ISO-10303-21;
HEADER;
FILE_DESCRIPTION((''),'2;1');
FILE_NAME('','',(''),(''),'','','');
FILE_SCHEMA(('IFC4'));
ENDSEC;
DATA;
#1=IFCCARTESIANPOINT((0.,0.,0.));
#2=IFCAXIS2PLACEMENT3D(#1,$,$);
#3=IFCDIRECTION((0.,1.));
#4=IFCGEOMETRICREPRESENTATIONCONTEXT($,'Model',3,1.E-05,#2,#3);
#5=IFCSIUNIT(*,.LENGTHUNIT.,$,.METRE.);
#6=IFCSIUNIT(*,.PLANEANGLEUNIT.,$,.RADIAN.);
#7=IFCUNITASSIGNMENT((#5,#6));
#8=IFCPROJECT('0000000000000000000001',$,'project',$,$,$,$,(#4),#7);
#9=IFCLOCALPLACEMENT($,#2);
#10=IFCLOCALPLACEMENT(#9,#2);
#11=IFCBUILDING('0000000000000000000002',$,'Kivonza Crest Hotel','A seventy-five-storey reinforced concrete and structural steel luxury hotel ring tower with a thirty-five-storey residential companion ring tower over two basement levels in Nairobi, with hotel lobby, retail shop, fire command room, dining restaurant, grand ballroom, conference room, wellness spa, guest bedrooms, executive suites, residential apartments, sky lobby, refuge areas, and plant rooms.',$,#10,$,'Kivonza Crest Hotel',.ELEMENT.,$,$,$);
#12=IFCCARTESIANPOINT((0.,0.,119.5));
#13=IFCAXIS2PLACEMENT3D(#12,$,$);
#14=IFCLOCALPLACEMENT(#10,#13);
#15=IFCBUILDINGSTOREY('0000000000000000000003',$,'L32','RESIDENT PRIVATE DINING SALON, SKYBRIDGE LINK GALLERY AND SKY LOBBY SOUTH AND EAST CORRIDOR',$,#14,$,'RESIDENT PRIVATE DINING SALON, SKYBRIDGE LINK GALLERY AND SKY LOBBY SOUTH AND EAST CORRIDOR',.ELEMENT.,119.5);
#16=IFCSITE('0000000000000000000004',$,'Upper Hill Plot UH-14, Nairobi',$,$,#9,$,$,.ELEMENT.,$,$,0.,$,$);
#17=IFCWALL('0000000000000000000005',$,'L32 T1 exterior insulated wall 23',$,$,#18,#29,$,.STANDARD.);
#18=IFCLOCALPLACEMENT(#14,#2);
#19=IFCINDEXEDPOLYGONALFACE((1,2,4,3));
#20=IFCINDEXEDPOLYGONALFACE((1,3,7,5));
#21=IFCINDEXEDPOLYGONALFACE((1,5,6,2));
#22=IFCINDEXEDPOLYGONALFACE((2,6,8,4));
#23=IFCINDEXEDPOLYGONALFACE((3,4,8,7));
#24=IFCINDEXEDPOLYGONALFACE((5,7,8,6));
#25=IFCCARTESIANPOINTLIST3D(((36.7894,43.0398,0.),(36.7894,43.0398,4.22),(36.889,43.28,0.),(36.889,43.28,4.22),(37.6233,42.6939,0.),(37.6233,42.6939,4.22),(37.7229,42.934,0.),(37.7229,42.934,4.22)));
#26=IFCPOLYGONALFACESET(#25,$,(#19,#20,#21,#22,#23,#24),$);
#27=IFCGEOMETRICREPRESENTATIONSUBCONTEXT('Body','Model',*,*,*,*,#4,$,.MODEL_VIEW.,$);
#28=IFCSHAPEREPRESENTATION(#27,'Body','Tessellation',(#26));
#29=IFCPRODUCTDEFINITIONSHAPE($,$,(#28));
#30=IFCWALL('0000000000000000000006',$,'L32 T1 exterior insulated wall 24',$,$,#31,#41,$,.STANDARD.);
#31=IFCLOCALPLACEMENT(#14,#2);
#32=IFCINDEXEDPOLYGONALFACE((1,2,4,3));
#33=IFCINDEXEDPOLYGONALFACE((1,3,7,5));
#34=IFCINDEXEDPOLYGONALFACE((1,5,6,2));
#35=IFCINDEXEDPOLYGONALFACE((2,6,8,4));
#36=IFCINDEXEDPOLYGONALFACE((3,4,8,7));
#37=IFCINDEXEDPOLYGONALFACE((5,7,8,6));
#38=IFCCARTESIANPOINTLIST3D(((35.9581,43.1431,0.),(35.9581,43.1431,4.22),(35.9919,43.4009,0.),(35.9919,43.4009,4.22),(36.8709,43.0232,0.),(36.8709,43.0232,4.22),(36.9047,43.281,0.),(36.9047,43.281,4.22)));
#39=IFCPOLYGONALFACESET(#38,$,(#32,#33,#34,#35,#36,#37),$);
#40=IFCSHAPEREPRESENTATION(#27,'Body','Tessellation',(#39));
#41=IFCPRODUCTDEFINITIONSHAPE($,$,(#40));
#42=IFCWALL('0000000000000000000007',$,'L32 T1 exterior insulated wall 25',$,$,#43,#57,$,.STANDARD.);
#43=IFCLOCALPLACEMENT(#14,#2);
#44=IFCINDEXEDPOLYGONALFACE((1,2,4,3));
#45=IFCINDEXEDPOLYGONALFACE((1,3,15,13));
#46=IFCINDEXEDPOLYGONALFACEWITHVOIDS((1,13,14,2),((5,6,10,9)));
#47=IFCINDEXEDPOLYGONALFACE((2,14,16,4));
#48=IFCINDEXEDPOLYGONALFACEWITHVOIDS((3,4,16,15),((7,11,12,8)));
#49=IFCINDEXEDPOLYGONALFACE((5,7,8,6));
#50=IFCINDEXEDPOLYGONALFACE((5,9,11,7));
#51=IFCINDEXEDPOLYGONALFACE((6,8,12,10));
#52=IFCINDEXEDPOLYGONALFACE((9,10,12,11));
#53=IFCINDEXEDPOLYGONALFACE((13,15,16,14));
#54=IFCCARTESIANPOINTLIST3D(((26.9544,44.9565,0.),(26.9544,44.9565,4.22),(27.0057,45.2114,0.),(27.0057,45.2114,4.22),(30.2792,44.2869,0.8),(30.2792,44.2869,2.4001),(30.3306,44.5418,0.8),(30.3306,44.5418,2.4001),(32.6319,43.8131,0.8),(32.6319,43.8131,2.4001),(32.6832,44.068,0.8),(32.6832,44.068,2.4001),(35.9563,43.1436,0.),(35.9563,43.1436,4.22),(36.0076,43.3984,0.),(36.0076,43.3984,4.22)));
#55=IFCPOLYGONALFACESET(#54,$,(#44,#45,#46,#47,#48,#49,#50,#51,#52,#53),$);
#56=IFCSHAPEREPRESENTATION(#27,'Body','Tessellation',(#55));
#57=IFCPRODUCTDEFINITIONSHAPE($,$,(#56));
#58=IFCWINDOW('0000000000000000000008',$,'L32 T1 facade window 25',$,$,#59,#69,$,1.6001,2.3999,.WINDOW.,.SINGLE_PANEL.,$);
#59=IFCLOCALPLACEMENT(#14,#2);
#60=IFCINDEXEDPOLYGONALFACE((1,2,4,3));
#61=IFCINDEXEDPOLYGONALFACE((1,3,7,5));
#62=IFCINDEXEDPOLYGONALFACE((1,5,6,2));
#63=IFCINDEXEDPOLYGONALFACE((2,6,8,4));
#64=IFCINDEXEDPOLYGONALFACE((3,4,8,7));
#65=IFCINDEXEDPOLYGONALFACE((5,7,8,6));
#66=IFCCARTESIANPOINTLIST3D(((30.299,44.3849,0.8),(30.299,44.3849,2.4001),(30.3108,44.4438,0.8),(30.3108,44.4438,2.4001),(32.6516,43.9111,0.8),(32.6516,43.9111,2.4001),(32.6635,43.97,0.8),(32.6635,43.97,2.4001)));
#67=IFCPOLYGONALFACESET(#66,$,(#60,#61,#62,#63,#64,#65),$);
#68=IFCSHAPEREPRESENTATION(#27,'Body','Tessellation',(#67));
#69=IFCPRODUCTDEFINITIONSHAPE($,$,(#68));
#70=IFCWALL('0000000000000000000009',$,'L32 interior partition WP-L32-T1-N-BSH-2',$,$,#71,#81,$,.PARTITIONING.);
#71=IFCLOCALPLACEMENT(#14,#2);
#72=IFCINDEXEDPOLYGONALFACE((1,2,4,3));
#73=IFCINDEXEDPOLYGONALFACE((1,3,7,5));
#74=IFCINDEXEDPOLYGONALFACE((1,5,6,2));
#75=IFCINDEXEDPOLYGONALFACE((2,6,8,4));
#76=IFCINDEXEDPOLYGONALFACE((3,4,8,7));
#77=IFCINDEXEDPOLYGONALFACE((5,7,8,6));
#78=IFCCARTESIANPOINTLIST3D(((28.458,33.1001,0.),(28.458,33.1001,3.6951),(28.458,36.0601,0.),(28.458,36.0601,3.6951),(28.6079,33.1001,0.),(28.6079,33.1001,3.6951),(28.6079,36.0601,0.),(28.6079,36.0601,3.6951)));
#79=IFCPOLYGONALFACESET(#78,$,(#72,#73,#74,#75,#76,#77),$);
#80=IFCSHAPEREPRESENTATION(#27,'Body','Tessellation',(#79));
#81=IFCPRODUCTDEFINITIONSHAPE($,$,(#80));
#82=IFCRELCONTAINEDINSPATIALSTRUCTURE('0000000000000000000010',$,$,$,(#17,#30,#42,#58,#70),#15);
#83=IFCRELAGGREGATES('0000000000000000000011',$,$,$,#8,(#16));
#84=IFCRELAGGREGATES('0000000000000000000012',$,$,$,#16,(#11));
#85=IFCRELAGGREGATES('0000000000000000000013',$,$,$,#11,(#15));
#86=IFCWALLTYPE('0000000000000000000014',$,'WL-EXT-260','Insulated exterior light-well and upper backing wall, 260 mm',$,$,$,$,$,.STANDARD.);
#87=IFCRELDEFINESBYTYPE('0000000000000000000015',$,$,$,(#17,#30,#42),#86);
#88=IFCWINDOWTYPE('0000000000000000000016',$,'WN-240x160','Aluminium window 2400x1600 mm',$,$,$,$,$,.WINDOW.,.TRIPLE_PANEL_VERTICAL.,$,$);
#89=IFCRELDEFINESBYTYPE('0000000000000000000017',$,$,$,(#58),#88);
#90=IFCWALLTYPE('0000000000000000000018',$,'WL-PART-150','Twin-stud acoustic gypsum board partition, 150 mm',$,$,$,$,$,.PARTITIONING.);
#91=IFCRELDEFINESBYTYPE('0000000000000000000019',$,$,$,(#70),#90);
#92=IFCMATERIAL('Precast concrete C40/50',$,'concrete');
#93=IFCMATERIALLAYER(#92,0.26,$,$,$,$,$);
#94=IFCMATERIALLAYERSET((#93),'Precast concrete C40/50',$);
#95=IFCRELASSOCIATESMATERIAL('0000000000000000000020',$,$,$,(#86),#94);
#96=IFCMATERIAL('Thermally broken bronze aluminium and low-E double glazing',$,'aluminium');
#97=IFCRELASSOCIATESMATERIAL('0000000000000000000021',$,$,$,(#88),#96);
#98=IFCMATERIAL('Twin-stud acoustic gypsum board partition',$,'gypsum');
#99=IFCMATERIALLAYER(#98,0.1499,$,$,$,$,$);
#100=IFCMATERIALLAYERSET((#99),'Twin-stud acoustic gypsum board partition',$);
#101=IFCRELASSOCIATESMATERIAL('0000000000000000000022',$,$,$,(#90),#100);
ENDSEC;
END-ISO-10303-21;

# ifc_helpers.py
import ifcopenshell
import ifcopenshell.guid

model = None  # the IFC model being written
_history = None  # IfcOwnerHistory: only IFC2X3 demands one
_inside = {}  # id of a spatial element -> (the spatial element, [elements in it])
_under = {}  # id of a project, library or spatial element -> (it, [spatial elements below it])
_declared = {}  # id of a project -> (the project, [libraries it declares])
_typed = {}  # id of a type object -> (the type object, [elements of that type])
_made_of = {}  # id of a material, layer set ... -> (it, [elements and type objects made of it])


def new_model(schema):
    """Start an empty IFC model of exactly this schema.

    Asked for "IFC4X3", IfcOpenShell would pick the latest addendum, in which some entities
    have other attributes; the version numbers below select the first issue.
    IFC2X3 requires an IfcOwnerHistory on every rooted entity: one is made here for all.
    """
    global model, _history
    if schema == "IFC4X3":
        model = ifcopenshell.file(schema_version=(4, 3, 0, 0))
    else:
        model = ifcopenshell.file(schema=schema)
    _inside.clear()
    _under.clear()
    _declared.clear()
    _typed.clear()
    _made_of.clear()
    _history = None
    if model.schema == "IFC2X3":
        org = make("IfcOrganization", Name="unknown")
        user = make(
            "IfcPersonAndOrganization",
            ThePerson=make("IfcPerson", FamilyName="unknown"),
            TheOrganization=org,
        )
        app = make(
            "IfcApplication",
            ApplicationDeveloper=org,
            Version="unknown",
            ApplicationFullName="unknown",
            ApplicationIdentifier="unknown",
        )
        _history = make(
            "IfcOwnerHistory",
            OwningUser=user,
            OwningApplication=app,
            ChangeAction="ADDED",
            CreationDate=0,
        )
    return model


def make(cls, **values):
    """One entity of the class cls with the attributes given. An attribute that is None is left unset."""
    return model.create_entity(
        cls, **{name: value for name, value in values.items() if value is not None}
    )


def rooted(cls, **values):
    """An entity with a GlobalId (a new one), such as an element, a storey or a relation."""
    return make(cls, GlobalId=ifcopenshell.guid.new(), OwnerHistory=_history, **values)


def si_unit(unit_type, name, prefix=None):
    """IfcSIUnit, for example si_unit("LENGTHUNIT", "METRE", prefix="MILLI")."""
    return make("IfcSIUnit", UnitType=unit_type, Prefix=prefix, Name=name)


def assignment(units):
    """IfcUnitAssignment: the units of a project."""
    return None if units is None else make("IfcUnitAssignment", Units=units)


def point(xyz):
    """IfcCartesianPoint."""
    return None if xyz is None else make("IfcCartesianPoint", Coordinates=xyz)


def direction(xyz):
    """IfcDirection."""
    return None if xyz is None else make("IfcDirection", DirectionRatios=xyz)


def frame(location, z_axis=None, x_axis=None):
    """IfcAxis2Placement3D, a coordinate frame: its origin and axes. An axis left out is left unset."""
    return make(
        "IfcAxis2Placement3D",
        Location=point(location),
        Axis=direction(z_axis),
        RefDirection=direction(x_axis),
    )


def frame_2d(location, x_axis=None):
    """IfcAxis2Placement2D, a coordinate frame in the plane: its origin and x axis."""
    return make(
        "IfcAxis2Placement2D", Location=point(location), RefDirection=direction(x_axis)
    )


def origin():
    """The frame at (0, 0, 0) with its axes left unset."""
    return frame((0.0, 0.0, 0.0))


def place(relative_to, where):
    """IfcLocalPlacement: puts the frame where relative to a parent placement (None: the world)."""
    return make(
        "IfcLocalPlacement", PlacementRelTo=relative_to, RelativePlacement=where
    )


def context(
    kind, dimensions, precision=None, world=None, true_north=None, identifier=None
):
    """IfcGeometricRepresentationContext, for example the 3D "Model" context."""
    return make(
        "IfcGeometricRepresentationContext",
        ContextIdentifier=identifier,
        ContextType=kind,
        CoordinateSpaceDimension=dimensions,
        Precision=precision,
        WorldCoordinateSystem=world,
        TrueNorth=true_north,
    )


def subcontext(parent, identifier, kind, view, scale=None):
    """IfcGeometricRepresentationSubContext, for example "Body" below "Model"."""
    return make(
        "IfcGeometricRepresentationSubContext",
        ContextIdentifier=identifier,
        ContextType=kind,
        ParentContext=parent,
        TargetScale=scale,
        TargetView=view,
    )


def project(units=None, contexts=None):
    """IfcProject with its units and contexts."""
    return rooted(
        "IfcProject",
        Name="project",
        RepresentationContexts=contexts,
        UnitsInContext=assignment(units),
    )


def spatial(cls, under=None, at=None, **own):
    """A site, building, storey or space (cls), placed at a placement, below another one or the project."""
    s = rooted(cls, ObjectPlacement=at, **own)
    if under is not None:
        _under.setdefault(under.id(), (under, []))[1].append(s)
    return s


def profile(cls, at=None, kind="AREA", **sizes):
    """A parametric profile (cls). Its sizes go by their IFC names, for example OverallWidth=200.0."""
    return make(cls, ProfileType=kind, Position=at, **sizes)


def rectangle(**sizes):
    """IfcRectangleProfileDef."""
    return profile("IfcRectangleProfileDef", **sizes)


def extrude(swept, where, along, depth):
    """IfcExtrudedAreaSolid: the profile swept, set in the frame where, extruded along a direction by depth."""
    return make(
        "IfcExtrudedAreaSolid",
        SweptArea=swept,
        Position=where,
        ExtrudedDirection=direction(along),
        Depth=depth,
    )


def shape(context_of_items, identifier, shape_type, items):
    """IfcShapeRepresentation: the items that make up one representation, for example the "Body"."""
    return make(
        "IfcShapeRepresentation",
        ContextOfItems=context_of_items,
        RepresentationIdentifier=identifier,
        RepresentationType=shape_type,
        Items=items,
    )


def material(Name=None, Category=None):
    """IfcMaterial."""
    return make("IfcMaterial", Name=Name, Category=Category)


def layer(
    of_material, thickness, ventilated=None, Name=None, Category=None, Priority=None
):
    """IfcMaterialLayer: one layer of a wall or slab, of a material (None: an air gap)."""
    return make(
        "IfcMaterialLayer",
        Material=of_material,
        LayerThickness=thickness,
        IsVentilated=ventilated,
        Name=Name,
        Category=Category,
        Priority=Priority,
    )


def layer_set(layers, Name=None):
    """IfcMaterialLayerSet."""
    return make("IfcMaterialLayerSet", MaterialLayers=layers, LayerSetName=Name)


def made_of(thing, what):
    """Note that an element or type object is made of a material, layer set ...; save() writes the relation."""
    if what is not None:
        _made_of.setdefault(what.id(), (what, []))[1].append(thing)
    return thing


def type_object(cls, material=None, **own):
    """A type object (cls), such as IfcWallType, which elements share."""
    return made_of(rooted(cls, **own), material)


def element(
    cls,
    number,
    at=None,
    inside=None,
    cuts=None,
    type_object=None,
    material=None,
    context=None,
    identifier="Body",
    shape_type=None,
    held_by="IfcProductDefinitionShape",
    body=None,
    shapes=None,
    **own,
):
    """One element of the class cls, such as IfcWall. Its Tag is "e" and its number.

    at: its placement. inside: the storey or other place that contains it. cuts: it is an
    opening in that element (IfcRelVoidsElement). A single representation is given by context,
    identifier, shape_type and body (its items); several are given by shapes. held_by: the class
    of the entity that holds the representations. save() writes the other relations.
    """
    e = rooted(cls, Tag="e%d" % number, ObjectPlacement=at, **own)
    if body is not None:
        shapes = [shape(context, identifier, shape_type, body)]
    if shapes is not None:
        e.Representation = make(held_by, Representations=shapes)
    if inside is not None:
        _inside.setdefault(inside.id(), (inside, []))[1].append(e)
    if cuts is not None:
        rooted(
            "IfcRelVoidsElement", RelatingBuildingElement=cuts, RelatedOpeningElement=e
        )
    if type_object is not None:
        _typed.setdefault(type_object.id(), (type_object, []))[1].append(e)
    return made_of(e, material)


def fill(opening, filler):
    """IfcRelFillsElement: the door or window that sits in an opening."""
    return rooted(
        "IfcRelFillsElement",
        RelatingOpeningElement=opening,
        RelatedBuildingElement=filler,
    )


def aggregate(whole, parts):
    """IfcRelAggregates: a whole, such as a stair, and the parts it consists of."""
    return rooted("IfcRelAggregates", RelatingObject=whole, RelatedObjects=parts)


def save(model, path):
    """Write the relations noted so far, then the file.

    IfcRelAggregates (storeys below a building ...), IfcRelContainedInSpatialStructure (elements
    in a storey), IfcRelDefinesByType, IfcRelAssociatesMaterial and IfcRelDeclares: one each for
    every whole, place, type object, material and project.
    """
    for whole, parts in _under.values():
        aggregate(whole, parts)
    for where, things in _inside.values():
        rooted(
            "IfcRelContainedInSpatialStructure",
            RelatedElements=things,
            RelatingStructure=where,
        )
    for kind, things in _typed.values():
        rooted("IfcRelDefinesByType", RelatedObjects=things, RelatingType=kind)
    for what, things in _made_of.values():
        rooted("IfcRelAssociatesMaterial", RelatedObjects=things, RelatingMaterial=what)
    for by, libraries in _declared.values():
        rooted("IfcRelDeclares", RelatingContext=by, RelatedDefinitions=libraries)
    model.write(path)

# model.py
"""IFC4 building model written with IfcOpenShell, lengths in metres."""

from ifc_helpers import new_model, si_unit, direction, frame, frame_2d, origin, place, context, subcontext, project, spatial, rectangle, extrude, material, layer, layer_set, type_object, element, fill, save


model = new_model("IFC4")

# Units and contexts
model_context = context("Model", 3, precision=1e-05, world=origin(), true_north=direction((0.0, 1.0)))
body_context = subcontext(model_context, "Body", "Model", "MODEL_VIEW")
ifc_project = project(units=[si_unit("LENGTHUNIT", "METRE"), si_unit("PLANEANGLEUNIT", "RADIAN")], contexts=[model_context])

# Site, building, storey
site_placement = place(None, origin())
site = spatial("IfcSite", under=ifc_project, at=site_placement, Name="Upper Hill Plot UH-14, Nairobi", CompositionType="ELEMENT", RefElevation=0.0)
building_placement = place(site_placement, origin())
building = spatial("IfcBuilding", under=site, at=building_placement, Name="Kivonza Crest Hotel", Description="A seventy-five-storey reinforced concrete and structural steel luxury hotel ring tower with a thirty-five-storey residential companion ring tower over two basement levels in Nairobi, with hotel lobby, retail shop, fire command room, dining restaurant, grand ballroom, conference room, wellness spa, guest bedrooms, executive suites, residential apartments, sky lobby, refuge areas, and plant rooms.", LongName="Kivonza Crest Hotel", CompositionType="ELEMENT")
storey_placement = place(building_placement, frame((0.0, 0.0, 119.5)))
storey = spatial("IfcBuildingStorey", under=building, at=storey_placement, Name="L32", Description="RESIDENT PRIVATE DINING SALON, SKYBRIDGE LINK GALLERY AND SKY LOBBY SOUTH AND EAST CORRIDOR", LongName="RESIDENT PRIVATE DINING SALON, SKYBRIDGE LINK GALLERY AND SKY LOBBY SOUTH AND EAST CORRIDOR", CompositionType="ELEMENT", Elevation=119.5)

# Walls
ifc_material_1 = material(Name="Precast concrete C40/50", Category="concrete")
ifc_layer_1 = layer(ifc_material_1, 0.26)
ifc_layer_set_1 = layer_set([ifc_layer_1], Name="Precast concrete C40/50")
wall_type_1 = type_object("IfcWallType", Name="WL-EXT-260", Description="Insulated exterior light-well and upper backing wall, 260 mm", PredefinedType="STANDARD", material=ifc_layer_set_1)
wall_1_placement = place(storey_placement, frame((37.6731, 42.814, 0.0), z_axis=(0.0, 0.0, 1.0), x_axis=(-0.923684, 0.383156, 0.0)))
element("IfcWall", 1, at=wall_1_placement, inside=storey, type_object=wall_type_1, Name="L32 T1 exterior insulated wall 23", PredefinedType="STANDARD", context=body_context, shape_type="SweptSolid", body=[
    extrude(rectangle(XDim=0.9028, YDim=0.26, at=frame_2d((0.4514, 0.0))), origin(), (0.0, 0.0, 1.0), 4.22),
])
wall_2_placement = place(storey_placement, frame((36.8879, 43.1521, 0.0), z_axis=(0.0, 0.0, 1.0), x_axis=(-0.991488, 0.130201, 0.0)))
element("IfcWall", 2, at=wall_2_placement, inside=storey, type_object=wall_type_1, Name="L32 T1 exterior insulated wall 24", PredefinedType="STANDARD", context=body_context, shape_type="SweptSolid", body=[
    extrude(rectangle(XDim=0.9207, YDim=0.26, at=frame_2d((0.4604, 0.0))), origin(), (0.0, 0.0, 1.0), 4.22),
])

# Wall, opening, window
wall_3_placement = place(storey_placement, frame((35.9819, 43.271, 0.0), z_axis=(0.0, 0.0, 1.0), x_axis=(-0.980316, 0.197435, 0.0)))
wall_3 = element("IfcWall", 3, at=wall_3_placement, inside=storey, type_object=wall_type_1, Name="L32 T1 exterior insulated wall 25", PredefinedType="STANDARD", context=body_context, shape_type="SweptSolid", body=[
    extrude(rectangle(XDim=9.1826, YDim=0.26, at=frame_2d((4.5913, 0.0))), origin(), (0.0, 0.0, 1.0), 4.22),
])
opening_1_placement = place(wall_3_placement, frame((3.3911, 0.0, 0.8)))
opening_1 = element("IfcOpeningElement", 4, at=opening_1_placement, cuts=wall_3, PredefinedType="OPENING", context=body_context, shape_type="SweptSolid", body=[
    extrude(rectangle(XDim=2.3999, YDim=1.6001, at=frame_2d((1.2, 0.8))), frame((0.0, 0.1401, 0.0), z_axis=(0.0, -1.0, 0.0), x_axis=(1.0, 0.0, 0.0)), (0.0, 0.0, 1.0), 0.28),
])
ifc_material_2 = material(Name="Thermally broken bronze aluminium and low-E double glazing", Category="aluminium")
window_type = type_object("IfcWindowType", Name="WN-240x160", Description="Aluminium window 2400x1600 mm", PartitioningType="TRIPLE_PANEL_VERTICAL", PredefinedType="WINDOW", material=ifc_material_2)
window_placement = place(opening_1_placement, origin())
window = element("IfcWindow", 5, at=window_placement, inside=storey, type_object=window_type, Name="L32 T1 facade window 25", OverallHeight=1.6001, OverallWidth=2.3999, PartitioningType="SINGLE_PANEL", PredefinedType="WINDOW", context=body_context, shape_type="SweptSolid", body=[
    extrude(rectangle(XDim=2.3999, YDim=1.6001, at=frame_2d((1.2, 0.8))), frame((0.0, 0.03, 0.0), z_axis=(0.0, -1.0, 0.0), x_axis=(1.0, 0.0, 0.0)), (0.0, 0.0, 1.0), 0.0601),
])
fill(opening_1, window)

# Wall
ifc_material_3 = material(Name="Twin-stud acoustic gypsum board partition", Category="gypsum")
ifc_layer_2 = layer(ifc_material_3, 0.1499)
ifc_layer_set_2 = layer_set([ifc_layer_2], Name="Twin-stud acoustic gypsum board partition")
wall_type_2 = type_object("IfcWallType", Name="WL-PART-150", Description="Twin-stud acoustic gypsum board partition, 150 mm", PredefinedType="PARTITIONING", material=ifc_layer_set_2)
wall_4_placement = place(storey_placement, frame((28.533, 33.1001, 0.0), z_axis=(0.0, 0.0, 1.0), x_axis=(0.0, 1.0, 0.0)))
element("IfcWall", 6, at=wall_4_placement, inside=storey, type_object=wall_type_2, Name="L32 interior partition WP-L32-T1-N-BSH-2", PredefinedType="PARTITIONING", context=body_context, shape_type="SweptSolid", body=[
    extrude(rectangle(XDim=2.96, YDim=0.1499, at=frame_2d((1.48, 0.0))), origin(), (0.0, 0.0, 1.0), 3.6951),
])

save(model, "model.ifc")
